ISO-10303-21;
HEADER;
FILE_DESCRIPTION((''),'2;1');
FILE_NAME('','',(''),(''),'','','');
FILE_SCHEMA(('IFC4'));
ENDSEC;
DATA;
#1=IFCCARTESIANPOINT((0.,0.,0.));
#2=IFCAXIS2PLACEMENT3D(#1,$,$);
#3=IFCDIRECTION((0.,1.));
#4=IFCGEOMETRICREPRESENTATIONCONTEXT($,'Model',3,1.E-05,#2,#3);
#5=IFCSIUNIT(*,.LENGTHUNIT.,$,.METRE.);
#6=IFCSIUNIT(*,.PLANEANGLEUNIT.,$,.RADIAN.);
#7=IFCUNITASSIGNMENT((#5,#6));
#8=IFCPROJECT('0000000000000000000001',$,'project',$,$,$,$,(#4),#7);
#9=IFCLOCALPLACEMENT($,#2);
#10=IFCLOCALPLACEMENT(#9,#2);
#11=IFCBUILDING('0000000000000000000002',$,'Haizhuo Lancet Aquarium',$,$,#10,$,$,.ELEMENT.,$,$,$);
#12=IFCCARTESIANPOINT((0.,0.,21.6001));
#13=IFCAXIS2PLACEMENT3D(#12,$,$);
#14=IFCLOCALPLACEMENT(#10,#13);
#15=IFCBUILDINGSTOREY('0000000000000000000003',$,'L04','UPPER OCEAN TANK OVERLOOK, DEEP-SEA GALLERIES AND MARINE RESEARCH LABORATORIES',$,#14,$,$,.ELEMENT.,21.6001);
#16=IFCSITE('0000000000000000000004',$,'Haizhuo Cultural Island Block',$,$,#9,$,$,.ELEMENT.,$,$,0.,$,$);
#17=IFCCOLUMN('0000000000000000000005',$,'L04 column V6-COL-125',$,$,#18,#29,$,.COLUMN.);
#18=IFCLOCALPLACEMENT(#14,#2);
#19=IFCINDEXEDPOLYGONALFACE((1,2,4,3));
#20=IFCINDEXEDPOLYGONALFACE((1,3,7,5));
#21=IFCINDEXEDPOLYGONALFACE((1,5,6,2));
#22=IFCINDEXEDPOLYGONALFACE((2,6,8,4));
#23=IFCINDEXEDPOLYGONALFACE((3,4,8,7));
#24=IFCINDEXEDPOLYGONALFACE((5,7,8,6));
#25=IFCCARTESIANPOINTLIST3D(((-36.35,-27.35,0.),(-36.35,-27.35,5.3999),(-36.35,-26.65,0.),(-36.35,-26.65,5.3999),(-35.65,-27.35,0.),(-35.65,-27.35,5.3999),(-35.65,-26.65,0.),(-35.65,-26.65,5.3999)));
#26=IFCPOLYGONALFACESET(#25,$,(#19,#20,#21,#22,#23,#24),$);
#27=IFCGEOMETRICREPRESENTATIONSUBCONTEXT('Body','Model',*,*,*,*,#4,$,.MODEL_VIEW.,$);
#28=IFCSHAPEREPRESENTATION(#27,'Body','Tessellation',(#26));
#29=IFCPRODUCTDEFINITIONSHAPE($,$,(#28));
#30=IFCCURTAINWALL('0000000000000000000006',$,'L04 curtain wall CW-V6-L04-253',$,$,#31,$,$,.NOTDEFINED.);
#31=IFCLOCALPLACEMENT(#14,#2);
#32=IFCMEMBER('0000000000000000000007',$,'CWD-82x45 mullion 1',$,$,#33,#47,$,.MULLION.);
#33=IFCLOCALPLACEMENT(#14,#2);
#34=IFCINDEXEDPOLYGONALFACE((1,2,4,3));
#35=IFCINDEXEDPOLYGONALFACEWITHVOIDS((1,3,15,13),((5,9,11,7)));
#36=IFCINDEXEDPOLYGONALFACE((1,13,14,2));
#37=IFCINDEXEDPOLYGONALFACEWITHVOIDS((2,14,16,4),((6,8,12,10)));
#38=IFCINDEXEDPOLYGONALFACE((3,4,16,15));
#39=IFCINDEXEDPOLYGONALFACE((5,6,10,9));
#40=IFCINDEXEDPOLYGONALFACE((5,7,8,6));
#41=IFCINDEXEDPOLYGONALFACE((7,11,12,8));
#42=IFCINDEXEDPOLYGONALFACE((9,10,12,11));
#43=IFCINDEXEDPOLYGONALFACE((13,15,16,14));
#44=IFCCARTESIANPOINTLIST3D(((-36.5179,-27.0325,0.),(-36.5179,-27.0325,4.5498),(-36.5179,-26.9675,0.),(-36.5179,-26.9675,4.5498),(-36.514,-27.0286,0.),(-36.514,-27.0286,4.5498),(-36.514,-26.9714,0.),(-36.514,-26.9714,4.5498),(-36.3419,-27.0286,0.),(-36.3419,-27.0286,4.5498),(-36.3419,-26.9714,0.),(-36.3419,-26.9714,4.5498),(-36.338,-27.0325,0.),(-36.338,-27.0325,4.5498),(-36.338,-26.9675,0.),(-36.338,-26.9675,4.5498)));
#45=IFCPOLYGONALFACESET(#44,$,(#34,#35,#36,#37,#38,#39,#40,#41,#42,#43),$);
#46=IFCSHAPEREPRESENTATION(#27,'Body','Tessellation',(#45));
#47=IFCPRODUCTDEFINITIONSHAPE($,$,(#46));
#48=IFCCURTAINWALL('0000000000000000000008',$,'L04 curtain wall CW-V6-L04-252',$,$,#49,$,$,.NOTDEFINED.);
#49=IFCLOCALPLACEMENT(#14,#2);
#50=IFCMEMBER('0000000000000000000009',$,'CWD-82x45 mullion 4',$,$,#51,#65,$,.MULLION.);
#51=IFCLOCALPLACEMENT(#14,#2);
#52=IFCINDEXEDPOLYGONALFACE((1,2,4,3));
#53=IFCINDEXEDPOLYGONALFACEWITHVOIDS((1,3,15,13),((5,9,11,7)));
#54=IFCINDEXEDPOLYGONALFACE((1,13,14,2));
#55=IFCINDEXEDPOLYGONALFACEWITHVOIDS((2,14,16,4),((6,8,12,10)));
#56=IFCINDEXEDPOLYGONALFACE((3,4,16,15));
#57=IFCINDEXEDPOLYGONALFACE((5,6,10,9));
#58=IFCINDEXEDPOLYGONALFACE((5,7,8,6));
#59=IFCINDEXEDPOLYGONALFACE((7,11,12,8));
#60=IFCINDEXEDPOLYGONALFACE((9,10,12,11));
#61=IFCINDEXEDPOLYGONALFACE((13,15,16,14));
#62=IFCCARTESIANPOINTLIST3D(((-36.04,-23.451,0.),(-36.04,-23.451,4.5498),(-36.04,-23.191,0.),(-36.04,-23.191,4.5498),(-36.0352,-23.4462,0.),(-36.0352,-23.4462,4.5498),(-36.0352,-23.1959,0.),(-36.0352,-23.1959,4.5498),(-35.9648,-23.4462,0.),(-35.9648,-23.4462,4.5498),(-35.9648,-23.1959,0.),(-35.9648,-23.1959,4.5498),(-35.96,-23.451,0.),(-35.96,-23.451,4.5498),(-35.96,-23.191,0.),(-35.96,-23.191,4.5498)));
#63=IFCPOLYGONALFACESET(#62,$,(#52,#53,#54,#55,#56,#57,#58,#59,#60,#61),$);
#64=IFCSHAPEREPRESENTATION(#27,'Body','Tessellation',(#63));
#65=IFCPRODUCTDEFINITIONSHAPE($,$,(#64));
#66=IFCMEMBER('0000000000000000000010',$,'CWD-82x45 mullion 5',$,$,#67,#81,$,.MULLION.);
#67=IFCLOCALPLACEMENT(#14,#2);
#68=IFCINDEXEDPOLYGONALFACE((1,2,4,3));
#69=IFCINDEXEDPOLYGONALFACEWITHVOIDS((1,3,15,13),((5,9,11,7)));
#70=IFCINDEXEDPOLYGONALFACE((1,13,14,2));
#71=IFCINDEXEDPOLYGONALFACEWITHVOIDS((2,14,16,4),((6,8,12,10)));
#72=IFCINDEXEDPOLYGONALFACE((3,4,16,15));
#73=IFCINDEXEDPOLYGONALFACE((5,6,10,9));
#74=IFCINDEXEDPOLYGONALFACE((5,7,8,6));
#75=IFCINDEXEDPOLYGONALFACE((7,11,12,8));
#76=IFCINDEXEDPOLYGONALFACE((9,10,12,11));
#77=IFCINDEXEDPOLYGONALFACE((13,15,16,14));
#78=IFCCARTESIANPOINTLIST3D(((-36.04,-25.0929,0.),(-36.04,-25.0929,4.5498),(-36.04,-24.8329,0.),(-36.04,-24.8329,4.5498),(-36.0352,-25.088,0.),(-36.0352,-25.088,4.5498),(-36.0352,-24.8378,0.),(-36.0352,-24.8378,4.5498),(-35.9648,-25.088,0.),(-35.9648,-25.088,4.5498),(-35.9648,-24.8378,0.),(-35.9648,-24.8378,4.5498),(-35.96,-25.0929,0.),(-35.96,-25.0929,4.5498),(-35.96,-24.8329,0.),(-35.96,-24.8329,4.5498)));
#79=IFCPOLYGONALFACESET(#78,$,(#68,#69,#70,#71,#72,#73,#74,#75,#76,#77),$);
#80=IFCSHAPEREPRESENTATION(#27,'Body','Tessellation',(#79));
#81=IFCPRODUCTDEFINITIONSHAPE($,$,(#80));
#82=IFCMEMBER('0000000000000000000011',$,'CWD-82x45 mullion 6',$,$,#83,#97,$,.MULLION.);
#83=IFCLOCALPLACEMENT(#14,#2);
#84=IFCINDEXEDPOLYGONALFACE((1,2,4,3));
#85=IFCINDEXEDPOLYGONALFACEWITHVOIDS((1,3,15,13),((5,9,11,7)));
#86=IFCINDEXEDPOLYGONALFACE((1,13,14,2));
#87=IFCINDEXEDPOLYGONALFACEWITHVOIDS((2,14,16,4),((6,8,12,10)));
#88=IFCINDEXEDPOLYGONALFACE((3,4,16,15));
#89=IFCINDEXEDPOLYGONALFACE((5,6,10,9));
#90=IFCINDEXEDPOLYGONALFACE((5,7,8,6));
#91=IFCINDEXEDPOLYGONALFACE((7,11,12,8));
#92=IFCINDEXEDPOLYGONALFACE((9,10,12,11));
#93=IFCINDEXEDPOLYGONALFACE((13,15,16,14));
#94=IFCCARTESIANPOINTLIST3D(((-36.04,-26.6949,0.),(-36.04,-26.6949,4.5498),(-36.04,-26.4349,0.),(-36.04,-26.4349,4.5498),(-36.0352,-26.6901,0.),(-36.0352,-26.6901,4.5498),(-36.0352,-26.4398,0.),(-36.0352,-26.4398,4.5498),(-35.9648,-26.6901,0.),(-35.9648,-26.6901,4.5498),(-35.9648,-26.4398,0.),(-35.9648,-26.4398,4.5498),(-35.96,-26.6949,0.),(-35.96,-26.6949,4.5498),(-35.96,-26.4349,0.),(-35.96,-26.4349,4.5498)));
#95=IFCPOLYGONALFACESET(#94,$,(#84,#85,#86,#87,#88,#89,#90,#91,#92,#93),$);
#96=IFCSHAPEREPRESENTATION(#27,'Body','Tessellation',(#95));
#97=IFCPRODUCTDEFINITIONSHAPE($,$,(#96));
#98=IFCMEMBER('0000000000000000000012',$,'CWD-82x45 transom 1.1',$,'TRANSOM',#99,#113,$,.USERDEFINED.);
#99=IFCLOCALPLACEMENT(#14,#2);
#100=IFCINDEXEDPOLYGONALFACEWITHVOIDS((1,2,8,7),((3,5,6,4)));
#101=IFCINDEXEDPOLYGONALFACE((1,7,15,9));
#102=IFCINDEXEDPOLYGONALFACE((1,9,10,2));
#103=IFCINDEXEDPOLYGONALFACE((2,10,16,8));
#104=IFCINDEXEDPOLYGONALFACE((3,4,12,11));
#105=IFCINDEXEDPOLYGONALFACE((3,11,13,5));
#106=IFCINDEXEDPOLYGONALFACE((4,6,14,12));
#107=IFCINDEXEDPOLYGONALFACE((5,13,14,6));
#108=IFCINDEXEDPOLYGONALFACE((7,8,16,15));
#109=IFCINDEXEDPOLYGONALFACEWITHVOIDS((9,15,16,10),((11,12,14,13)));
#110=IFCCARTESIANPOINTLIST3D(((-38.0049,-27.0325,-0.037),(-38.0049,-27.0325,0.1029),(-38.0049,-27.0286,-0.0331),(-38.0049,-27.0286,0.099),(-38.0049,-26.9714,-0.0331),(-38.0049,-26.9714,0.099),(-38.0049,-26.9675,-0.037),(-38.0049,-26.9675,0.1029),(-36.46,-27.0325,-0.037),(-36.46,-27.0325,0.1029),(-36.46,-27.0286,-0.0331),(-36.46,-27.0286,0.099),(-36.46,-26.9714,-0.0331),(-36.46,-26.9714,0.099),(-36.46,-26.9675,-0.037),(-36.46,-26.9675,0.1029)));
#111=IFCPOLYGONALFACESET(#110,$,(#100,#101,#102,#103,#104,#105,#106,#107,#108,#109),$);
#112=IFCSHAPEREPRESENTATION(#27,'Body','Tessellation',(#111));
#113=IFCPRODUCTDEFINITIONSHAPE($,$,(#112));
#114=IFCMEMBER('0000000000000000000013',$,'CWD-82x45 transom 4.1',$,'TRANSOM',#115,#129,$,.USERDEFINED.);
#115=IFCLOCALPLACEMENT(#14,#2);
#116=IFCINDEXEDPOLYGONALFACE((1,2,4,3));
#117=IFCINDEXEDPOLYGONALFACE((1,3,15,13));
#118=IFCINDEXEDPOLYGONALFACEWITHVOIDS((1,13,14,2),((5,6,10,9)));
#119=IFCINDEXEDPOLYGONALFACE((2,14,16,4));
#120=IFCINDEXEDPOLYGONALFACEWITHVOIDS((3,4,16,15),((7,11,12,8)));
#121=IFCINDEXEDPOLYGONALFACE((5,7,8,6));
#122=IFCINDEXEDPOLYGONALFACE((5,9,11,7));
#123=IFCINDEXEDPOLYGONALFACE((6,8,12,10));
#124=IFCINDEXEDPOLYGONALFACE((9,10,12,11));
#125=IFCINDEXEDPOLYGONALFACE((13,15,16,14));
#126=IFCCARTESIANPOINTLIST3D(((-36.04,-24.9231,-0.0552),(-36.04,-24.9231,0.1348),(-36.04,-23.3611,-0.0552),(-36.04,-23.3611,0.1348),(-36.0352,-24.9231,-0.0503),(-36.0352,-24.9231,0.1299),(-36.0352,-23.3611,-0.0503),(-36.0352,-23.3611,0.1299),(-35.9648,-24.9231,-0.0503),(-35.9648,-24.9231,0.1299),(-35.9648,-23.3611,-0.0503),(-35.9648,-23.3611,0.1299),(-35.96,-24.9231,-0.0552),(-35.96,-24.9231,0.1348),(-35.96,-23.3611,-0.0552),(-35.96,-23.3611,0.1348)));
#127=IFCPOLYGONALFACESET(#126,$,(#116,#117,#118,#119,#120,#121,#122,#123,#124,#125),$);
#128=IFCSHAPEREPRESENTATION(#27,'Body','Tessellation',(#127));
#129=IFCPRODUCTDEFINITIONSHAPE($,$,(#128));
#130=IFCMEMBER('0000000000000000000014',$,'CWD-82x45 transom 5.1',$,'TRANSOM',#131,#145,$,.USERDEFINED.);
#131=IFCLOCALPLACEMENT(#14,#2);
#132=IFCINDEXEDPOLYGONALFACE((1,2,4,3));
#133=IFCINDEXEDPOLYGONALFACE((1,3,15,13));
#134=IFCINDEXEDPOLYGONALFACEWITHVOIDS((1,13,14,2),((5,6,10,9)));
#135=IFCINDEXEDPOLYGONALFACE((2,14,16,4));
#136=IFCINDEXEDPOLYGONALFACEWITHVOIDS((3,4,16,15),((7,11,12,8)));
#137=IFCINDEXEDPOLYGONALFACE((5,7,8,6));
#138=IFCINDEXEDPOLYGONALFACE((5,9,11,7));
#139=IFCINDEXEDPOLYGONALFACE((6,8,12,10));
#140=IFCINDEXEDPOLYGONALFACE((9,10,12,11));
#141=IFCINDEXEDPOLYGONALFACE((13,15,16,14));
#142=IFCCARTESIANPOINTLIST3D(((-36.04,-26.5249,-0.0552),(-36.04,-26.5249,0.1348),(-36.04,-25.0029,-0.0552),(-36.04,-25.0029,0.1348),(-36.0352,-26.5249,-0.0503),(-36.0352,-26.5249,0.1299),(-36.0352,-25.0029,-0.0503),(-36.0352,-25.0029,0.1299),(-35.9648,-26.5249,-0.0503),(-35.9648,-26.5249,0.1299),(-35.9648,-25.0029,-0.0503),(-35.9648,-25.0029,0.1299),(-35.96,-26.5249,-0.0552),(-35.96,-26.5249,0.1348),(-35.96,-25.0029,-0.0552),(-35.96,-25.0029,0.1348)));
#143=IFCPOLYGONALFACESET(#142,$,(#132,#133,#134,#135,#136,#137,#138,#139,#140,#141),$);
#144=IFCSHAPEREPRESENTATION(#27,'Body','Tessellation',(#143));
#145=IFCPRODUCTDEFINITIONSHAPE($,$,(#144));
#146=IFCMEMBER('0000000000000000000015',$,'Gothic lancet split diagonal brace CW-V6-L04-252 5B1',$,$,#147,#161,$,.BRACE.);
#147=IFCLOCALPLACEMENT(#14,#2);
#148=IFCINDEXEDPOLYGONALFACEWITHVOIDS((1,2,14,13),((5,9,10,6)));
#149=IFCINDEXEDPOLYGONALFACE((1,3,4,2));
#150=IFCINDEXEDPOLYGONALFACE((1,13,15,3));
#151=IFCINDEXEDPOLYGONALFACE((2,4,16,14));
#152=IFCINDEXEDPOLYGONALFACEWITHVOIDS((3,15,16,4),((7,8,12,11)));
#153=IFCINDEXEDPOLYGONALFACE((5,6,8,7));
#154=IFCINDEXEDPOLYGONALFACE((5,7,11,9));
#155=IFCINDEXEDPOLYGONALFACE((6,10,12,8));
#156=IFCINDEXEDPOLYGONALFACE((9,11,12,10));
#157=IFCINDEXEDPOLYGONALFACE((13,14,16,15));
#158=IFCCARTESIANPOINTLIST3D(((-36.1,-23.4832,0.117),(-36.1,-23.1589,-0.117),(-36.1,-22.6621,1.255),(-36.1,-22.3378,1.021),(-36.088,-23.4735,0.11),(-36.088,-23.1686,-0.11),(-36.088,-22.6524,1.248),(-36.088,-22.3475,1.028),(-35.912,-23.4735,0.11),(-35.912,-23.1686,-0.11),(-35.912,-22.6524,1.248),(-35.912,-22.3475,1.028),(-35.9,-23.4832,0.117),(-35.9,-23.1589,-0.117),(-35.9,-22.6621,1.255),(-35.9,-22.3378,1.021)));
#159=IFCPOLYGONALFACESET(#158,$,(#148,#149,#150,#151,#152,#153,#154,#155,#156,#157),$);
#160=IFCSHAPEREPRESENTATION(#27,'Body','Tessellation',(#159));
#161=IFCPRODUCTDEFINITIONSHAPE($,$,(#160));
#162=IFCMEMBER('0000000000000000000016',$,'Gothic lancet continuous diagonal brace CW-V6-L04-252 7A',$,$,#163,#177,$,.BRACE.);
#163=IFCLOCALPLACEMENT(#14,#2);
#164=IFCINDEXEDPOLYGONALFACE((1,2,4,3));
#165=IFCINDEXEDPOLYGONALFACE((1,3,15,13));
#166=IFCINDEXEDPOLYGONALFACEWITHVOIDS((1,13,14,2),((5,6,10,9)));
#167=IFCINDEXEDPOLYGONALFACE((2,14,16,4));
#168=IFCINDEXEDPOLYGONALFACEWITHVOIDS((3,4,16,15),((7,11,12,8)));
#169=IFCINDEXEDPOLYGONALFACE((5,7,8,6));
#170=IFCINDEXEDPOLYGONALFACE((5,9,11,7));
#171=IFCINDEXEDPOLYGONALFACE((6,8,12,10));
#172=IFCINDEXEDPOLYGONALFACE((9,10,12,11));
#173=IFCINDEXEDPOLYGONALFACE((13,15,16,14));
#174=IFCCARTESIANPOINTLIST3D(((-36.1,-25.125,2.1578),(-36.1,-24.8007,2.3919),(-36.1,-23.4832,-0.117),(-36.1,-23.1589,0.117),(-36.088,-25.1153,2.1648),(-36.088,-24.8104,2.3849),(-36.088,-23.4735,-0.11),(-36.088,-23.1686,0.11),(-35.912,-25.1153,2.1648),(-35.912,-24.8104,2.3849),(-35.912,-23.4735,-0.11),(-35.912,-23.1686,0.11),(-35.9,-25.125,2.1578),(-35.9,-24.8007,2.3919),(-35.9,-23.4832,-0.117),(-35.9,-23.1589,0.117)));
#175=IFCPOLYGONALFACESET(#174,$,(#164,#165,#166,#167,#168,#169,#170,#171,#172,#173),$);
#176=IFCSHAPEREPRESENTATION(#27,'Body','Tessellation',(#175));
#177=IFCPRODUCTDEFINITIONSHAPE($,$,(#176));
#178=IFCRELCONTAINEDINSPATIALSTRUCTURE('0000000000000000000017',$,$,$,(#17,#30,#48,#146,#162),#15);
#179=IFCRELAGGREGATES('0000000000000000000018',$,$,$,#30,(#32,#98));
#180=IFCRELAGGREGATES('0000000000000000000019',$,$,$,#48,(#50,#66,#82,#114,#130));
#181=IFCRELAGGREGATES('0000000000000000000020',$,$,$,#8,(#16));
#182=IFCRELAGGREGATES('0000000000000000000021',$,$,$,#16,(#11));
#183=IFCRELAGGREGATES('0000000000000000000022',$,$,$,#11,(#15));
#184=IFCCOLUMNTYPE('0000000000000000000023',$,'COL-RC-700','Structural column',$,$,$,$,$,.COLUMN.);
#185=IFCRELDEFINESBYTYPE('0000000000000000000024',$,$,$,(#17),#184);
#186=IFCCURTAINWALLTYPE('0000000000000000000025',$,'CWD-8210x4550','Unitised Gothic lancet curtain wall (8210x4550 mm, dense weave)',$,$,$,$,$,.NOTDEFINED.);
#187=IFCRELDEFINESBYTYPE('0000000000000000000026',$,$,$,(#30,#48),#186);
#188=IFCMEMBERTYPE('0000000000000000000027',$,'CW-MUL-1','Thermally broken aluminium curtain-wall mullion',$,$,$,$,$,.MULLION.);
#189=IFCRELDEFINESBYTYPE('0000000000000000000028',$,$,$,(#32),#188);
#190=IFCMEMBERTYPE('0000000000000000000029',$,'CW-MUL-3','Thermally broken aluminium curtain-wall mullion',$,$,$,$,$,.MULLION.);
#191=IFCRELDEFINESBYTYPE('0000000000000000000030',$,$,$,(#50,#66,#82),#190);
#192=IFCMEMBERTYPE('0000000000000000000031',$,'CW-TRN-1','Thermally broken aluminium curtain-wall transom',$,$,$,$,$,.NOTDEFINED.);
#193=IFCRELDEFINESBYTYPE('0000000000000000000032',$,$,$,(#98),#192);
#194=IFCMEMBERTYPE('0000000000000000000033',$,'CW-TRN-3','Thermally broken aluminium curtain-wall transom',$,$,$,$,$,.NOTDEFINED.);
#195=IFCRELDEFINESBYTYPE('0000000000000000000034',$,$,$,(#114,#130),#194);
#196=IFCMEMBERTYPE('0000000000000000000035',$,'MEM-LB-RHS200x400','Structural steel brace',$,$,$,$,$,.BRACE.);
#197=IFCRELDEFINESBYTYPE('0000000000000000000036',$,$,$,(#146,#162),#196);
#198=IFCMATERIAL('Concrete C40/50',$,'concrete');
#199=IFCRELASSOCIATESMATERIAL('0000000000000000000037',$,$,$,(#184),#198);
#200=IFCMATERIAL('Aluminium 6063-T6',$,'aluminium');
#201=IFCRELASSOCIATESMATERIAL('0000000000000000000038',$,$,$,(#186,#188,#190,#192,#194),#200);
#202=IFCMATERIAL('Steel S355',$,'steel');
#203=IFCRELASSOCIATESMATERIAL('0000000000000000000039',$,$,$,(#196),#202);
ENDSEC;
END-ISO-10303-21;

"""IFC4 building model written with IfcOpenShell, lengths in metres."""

from ifc_helpers import new_model, si_unit, direction, frame, origin, origin_2d, place, context, subcontext, project, spatial, rectangle, hollow_rectangle, extrude, material, material_profile, profile_set, type_object, element, aggregate, save


model = new_model("IFC4")

# Units and contexts
model_context = context("Model", 3, precision=1e-05, world=origin(), true_north=direction((0.0, 1.0)))
body_context = subcontext(model_context, "Body", "Model", "MODEL_VIEW")
ifc_project = project(units=[si_unit("LENGTHUNIT", "METRE"), si_unit("PLANEANGLEUNIT", "RADIAN")], contexts=[model_context])

# Site, building, storey
site_placement = place(None, origin())
site = spatial("IfcSite", under=ifc_project, at=site_placement, Name="Haizhuo Cultural Island Block", CompositionType="ELEMENT", RefElevation=0.0)
building_placement = place(site_placement, origin())
building = spatial("IfcBuilding", under=site, at=building_placement, Name="Haizhuo Lancet Aquarium", CompositionType="ELEMENT")
storey_placement = place(building_placement, frame((0.0, 0.0, 21.6001)))
storey = spatial("IfcBuildingStorey", under=building, at=storey_placement, Name="L04", Description="UPPER OCEAN TANK OVERLOOK, DEEP-SEA GALLERIES AND MARINE RESEARCH LABORATORIES", CompositionType="ELEMENT", Elevation=21.6001)

# Column
ifc_material_1 = material(Name="Concrete C40/50", Category="concrete")
ifc_material_profile_1 = material_profile(ifc_material_1, rectangle(XDim=0.7, YDim=0.7, at=origin_2d()), Name="RC-COL 700x700")
ifc_profile_set_1 = profile_set([ifc_material_profile_1], Name="Concrete C40/50")
column_type = type_object("IfcColumnType", Name="COL-RC-700", Description="Structural column", PredefinedType="COLUMN", material=ifc_profile_set_1)
column_placement = place(storey_placement, frame((-36.0, -27.0, 0.0), z_axis=(0.0, 0.0, 1.0), x_axis=(1.0, 0.0, 0.0)))
element("IfcColumn", 1, at=column_placement, inside=storey, type_object=column_type, Name="L04 column V6-COL-125", PredefinedType="COLUMN", context=body_context, shape_type="SweptSolid", body=[
    extrude(rectangle(XDim=0.7, YDim=0.7, at=origin_2d()), origin(), (0.0, 0.0, 1.0), 5.3999),
])

# Curtain wall, member
ifc_material_2 = material(Name="Aluminium 6063-T6", Category="aluminium")
curtain_wall_type = type_object("IfcCurtainWallType", Name="CWD-8210x4550", Description="Unitised Gothic lancet curtain wall (8210x4550 mm, dense weave)", PredefinedType="NOTDEFINED", material=ifc_material_2)
curtain_wall_1_placement = place(storey_placement, origin())
curtain_wall_1 = element("IfcCurtainWall", 2, at=curtain_wall_1_placement, inside=storey, type_object=curtain_wall_type, Name="L04 curtain wall CW-V6-L04-253", PredefinedType="NOTDEFINED")
ifc_material_profile_2 = material_profile(ifc_material_2, hollow_rectangle(XDim=0.0649, YDim=0.1799, WallThickness=0.0039, at=origin_2d()), Name="ALU-M 65x180x4")
ifc_profile_set_2 = profile_set([ifc_material_profile_2], Name="Aluminium 6063-T6")
member_type_1 = type_object("IfcMemberType", Name="CW-MUL-1", Description="Thermally broken aluminium curtain-wall mullion", PredefinedType="MULLION", material=ifc_profile_set_2)
member_1_placement = place(storey_placement, frame((-36.428, -27.0, 0.0), z_axis=(0.0, 0.0, 1.0), x_axis=(0.0, -1.0, 0.0)))
member_1 = element("IfcMember", 3, at=member_1_placement, type_object=member_type_1, Name="CWD-82x45 mullion 1", PredefinedType="MULLION", context=body_context, shape_type="SweptSolid", body=[
    extrude(hollow_rectangle(XDim=0.0649, YDim=0.1799, WallThickness=0.0039, at=origin_2d()), origin(), (0.0, 0.0, 1.0), 4.5498),
])

# Curtain wall, members
curtain_wall_2_placement = place(storey_placement, origin())
curtain_wall_2 = element("IfcCurtainWall", 4, at=curtain_wall_2_placement, inside=storey, type_object=curtain_wall_type, Name="L04 curtain wall CW-V6-L04-252", PredefinedType="NOTDEFINED")
ifc_material_profile_3 = material_profile(ifc_material_2, hollow_rectangle(XDim=0.0801, YDim=0.26, WallThickness=0.0049, at=origin_2d()), Name="ALU-M 80x260x5")
ifc_profile_set_3 = profile_set([ifc_material_profile_3], Name="Aluminium 6063-T6")
member_type_2 = type_object("IfcMemberType", Name="CW-MUL-3", Description="Thermally broken aluminium curtain-wall mullion", PredefinedType="MULLION", material=ifc_profile_set_3)
member_2_placement = place(storey_placement, frame((-36.0, -23.321, 0.0), z_axis=(0.0, 0.0, 1.0), x_axis=(1.0, 0.0, 0.0)))
member_2 = element("IfcMember", 5, at=member_2_placement, type_object=member_type_2, Name="CWD-82x45 mullion 4", PredefinedType="MULLION", context=body_context, shape_type="SweptSolid", body=[
    extrude(hollow_rectangle(XDim=0.0801, YDim=0.26, WallThickness=0.0049, at=origin_2d()), origin(), (0.0, 0.0, 1.0), 4.5498),
])
member_3_placement = place(storey_placement, frame((-36.0, -24.9629, 0.0), z_axis=(0.0, 0.0, 1.0), x_axis=(1.0, 0.0, 0.0)))
member_3 = element("IfcMember", 6, at=member_3_placement, type_object=member_type_2, Name="CWD-82x45 mullion 5", PredefinedType="MULLION", context=body_context, shape_type="SweptSolid", body=[
    extrude(hollow_rectangle(XDim=0.0801, YDim=0.26, WallThickness=0.0049, at=origin_2d()), origin(), (0.0, 0.0, 1.0), 4.5498),
])
member_4_placement = place(storey_placement, frame((-36.0, -26.5649, 0.0), z_axis=(0.0, 0.0, 1.0), x_axis=(1.0, 0.0, 0.0)))
member_4 = element("IfcMember", 7, at=member_4_placement, type_object=member_type_2, Name="CWD-82x45 mullion 6", PredefinedType="MULLION", context=body_context, shape_type="SweptSolid", body=[
    extrude(hollow_rectangle(XDim=0.0801, YDim=0.26, WallThickness=0.0049, at=origin_2d()), origin(), (0.0, 0.0, 1.0), 4.5498),
])

# Members
ifc_material_profile_4 = material_profile(ifc_material_2, hollow_rectangle(XDim=0.0649, YDim=0.1399, WallThickness=0.0039, at=origin_2d()), Name="ALU-T 65x140x4")
ifc_profile_set_4 = profile_set([ifc_material_profile_4], Name="Aluminium 6063-T6")
member_type_3 = type_object("IfcMemberType", Name="CW-TRN-1", Description="Thermally broken aluminium curtain-wall transom", PredefinedType="NOTDEFINED", material=ifc_profile_set_4)
member_5_placement = place(storey_placement, frame((-36.46, -27.0, 0.033), z_axis=(-1.0, 0.0, 0.0), x_axis=(0.0, -1.0, 0.0)))
member_5 = element("IfcMember", 8, at=member_5_placement, type_object=member_type_3, Name="CWD-82x45 transom 1.1", ObjectType="TRANSOM", PredefinedType="USERDEFINED", context=body_context, shape_type="SweptSolid", body=[
    extrude(hollow_rectangle(XDim=0.0649, YDim=0.1399, WallThickness=0.0039, at=origin_2d()), origin(), (0.0, 0.0, 1.0), 1.5449),
])
ifc_material_profile_5 = material_profile(ifc_material_2, hollow_rectangle(XDim=0.0801, YDim=0.1899, WallThickness=0.0049, at=origin_2d()), Name="ALU-T 80x190x5")
ifc_profile_set_5 = profile_set([ifc_material_profile_5], Name="Aluminium 6063-T6")
member_type_4 = type_object("IfcMemberType", Name="CW-TRN-3", Description="Thermally broken aluminium curtain-wall transom", PredefinedType="NOTDEFINED", material=ifc_profile_set_5)
member_6_placement = place(storey_placement, frame((-36.0, -23.3611, 0.0398), z_axis=(0.0, -1.0, 0.0), x_axis=(1.0, 0.0, 0.0)))
member_6 = element("IfcMember", 9, at=member_6_placement, type_object=member_type_4, Name="CWD-82x45 transom 4.1", ObjectType="TRANSOM", PredefinedType="USERDEFINED", context=body_context, shape_type="SweptSolid", body=[
    extrude(hollow_rectangle(XDim=0.0801, YDim=0.1899, WallThickness=0.0049, at=origin_2d()), origin(), (0.0, 0.0, 1.0), 1.562),
])
member_7_placement = place(storey_placement, frame((-36.0, -25.0029, 0.0398), z_axis=(0.0, -1.0, 0.0), x_axis=(1.0, 0.0, 0.0)))
member_7 = element("IfcMember", 10, at=member_7_placement, type_object=member_type_4, Name="CWD-82x45 transom 5.1", ObjectType="TRANSOM", PredefinedType="USERDEFINED", context=body_context, shape_type="SweptSolid", body=[
    extrude(hollow_rectangle(XDim=0.0801, YDim=0.1899, WallThickness=0.0049, at=origin_2d()), origin(), (0.0, 0.0, 1.0), 1.522),
])

# Members
ifc_material_3 = material(Name="Steel S355", Category="steel")
ifc_material_profile_6 = material_profile(ifc_material_3, hollow_rectangle(XDim=0.2, YDim=0.3999, WallThickness=0.012, at=origin_2d()), Name="RHS 200x400x12")
ifc_profile_set_6 = profile_set([ifc_material_profile_6], Name="Steel S355")
member_type_5 = type_object("IfcMemberType", Name="MEM-LB-RHS200x400", Description="Structural steel brace", PredefinedType="BRACE", material=ifc_profile_set_6)
member_8_placement = place(storey_placement, frame((-36.0, -23.321, 0.0), z_axis=(0.0, 0.585116, 0.81095), x_axis=(-1.0, 0.0, 0.0)))
element("IfcMember", 11, at=member_8_placement, inside=storey, type_object=member_type_5, Name="Gothic lancet split diagonal brace CW-V6-L04-252 5B1", PredefinedType="BRACE", context=body_context, shape_type="SweptSolid", body=[
    extrude(hollow_rectangle(XDim=0.2, YDim=0.3999, WallThickness=0.012, at=origin_2d()), origin(), (0.0, 0.0, 1.0), 1.4033),
])
member_9_placement = place(storey_placement, frame((-36.0, -23.321, 0.0), z_axis=(0.0, -0.585224, 0.810872), x_axis=(1.0, 0.0, 0.0)))
element("IfcMember", 12, at=member_9_placement, inside=storey, type_object=member_type_5, Name="Gothic lancet continuous diagonal brace CW-V6-L04-252 7A", PredefinedType="BRACE", context=body_context, shape_type="SweptSolid", body=[
    extrude(hollow_rectangle(XDim=0.2, YDim=0.3999, WallThickness=0.012, at=origin_2d()), origin(), (0.0, 0.0, 1.0), 2.8054),
])

aggregate(curtain_wall_1, [member_1, member_5])
aggregate(curtain_wall_2, [member_2, member_3, member_4, member_6, member_7])

save(model, "model.ifc")
